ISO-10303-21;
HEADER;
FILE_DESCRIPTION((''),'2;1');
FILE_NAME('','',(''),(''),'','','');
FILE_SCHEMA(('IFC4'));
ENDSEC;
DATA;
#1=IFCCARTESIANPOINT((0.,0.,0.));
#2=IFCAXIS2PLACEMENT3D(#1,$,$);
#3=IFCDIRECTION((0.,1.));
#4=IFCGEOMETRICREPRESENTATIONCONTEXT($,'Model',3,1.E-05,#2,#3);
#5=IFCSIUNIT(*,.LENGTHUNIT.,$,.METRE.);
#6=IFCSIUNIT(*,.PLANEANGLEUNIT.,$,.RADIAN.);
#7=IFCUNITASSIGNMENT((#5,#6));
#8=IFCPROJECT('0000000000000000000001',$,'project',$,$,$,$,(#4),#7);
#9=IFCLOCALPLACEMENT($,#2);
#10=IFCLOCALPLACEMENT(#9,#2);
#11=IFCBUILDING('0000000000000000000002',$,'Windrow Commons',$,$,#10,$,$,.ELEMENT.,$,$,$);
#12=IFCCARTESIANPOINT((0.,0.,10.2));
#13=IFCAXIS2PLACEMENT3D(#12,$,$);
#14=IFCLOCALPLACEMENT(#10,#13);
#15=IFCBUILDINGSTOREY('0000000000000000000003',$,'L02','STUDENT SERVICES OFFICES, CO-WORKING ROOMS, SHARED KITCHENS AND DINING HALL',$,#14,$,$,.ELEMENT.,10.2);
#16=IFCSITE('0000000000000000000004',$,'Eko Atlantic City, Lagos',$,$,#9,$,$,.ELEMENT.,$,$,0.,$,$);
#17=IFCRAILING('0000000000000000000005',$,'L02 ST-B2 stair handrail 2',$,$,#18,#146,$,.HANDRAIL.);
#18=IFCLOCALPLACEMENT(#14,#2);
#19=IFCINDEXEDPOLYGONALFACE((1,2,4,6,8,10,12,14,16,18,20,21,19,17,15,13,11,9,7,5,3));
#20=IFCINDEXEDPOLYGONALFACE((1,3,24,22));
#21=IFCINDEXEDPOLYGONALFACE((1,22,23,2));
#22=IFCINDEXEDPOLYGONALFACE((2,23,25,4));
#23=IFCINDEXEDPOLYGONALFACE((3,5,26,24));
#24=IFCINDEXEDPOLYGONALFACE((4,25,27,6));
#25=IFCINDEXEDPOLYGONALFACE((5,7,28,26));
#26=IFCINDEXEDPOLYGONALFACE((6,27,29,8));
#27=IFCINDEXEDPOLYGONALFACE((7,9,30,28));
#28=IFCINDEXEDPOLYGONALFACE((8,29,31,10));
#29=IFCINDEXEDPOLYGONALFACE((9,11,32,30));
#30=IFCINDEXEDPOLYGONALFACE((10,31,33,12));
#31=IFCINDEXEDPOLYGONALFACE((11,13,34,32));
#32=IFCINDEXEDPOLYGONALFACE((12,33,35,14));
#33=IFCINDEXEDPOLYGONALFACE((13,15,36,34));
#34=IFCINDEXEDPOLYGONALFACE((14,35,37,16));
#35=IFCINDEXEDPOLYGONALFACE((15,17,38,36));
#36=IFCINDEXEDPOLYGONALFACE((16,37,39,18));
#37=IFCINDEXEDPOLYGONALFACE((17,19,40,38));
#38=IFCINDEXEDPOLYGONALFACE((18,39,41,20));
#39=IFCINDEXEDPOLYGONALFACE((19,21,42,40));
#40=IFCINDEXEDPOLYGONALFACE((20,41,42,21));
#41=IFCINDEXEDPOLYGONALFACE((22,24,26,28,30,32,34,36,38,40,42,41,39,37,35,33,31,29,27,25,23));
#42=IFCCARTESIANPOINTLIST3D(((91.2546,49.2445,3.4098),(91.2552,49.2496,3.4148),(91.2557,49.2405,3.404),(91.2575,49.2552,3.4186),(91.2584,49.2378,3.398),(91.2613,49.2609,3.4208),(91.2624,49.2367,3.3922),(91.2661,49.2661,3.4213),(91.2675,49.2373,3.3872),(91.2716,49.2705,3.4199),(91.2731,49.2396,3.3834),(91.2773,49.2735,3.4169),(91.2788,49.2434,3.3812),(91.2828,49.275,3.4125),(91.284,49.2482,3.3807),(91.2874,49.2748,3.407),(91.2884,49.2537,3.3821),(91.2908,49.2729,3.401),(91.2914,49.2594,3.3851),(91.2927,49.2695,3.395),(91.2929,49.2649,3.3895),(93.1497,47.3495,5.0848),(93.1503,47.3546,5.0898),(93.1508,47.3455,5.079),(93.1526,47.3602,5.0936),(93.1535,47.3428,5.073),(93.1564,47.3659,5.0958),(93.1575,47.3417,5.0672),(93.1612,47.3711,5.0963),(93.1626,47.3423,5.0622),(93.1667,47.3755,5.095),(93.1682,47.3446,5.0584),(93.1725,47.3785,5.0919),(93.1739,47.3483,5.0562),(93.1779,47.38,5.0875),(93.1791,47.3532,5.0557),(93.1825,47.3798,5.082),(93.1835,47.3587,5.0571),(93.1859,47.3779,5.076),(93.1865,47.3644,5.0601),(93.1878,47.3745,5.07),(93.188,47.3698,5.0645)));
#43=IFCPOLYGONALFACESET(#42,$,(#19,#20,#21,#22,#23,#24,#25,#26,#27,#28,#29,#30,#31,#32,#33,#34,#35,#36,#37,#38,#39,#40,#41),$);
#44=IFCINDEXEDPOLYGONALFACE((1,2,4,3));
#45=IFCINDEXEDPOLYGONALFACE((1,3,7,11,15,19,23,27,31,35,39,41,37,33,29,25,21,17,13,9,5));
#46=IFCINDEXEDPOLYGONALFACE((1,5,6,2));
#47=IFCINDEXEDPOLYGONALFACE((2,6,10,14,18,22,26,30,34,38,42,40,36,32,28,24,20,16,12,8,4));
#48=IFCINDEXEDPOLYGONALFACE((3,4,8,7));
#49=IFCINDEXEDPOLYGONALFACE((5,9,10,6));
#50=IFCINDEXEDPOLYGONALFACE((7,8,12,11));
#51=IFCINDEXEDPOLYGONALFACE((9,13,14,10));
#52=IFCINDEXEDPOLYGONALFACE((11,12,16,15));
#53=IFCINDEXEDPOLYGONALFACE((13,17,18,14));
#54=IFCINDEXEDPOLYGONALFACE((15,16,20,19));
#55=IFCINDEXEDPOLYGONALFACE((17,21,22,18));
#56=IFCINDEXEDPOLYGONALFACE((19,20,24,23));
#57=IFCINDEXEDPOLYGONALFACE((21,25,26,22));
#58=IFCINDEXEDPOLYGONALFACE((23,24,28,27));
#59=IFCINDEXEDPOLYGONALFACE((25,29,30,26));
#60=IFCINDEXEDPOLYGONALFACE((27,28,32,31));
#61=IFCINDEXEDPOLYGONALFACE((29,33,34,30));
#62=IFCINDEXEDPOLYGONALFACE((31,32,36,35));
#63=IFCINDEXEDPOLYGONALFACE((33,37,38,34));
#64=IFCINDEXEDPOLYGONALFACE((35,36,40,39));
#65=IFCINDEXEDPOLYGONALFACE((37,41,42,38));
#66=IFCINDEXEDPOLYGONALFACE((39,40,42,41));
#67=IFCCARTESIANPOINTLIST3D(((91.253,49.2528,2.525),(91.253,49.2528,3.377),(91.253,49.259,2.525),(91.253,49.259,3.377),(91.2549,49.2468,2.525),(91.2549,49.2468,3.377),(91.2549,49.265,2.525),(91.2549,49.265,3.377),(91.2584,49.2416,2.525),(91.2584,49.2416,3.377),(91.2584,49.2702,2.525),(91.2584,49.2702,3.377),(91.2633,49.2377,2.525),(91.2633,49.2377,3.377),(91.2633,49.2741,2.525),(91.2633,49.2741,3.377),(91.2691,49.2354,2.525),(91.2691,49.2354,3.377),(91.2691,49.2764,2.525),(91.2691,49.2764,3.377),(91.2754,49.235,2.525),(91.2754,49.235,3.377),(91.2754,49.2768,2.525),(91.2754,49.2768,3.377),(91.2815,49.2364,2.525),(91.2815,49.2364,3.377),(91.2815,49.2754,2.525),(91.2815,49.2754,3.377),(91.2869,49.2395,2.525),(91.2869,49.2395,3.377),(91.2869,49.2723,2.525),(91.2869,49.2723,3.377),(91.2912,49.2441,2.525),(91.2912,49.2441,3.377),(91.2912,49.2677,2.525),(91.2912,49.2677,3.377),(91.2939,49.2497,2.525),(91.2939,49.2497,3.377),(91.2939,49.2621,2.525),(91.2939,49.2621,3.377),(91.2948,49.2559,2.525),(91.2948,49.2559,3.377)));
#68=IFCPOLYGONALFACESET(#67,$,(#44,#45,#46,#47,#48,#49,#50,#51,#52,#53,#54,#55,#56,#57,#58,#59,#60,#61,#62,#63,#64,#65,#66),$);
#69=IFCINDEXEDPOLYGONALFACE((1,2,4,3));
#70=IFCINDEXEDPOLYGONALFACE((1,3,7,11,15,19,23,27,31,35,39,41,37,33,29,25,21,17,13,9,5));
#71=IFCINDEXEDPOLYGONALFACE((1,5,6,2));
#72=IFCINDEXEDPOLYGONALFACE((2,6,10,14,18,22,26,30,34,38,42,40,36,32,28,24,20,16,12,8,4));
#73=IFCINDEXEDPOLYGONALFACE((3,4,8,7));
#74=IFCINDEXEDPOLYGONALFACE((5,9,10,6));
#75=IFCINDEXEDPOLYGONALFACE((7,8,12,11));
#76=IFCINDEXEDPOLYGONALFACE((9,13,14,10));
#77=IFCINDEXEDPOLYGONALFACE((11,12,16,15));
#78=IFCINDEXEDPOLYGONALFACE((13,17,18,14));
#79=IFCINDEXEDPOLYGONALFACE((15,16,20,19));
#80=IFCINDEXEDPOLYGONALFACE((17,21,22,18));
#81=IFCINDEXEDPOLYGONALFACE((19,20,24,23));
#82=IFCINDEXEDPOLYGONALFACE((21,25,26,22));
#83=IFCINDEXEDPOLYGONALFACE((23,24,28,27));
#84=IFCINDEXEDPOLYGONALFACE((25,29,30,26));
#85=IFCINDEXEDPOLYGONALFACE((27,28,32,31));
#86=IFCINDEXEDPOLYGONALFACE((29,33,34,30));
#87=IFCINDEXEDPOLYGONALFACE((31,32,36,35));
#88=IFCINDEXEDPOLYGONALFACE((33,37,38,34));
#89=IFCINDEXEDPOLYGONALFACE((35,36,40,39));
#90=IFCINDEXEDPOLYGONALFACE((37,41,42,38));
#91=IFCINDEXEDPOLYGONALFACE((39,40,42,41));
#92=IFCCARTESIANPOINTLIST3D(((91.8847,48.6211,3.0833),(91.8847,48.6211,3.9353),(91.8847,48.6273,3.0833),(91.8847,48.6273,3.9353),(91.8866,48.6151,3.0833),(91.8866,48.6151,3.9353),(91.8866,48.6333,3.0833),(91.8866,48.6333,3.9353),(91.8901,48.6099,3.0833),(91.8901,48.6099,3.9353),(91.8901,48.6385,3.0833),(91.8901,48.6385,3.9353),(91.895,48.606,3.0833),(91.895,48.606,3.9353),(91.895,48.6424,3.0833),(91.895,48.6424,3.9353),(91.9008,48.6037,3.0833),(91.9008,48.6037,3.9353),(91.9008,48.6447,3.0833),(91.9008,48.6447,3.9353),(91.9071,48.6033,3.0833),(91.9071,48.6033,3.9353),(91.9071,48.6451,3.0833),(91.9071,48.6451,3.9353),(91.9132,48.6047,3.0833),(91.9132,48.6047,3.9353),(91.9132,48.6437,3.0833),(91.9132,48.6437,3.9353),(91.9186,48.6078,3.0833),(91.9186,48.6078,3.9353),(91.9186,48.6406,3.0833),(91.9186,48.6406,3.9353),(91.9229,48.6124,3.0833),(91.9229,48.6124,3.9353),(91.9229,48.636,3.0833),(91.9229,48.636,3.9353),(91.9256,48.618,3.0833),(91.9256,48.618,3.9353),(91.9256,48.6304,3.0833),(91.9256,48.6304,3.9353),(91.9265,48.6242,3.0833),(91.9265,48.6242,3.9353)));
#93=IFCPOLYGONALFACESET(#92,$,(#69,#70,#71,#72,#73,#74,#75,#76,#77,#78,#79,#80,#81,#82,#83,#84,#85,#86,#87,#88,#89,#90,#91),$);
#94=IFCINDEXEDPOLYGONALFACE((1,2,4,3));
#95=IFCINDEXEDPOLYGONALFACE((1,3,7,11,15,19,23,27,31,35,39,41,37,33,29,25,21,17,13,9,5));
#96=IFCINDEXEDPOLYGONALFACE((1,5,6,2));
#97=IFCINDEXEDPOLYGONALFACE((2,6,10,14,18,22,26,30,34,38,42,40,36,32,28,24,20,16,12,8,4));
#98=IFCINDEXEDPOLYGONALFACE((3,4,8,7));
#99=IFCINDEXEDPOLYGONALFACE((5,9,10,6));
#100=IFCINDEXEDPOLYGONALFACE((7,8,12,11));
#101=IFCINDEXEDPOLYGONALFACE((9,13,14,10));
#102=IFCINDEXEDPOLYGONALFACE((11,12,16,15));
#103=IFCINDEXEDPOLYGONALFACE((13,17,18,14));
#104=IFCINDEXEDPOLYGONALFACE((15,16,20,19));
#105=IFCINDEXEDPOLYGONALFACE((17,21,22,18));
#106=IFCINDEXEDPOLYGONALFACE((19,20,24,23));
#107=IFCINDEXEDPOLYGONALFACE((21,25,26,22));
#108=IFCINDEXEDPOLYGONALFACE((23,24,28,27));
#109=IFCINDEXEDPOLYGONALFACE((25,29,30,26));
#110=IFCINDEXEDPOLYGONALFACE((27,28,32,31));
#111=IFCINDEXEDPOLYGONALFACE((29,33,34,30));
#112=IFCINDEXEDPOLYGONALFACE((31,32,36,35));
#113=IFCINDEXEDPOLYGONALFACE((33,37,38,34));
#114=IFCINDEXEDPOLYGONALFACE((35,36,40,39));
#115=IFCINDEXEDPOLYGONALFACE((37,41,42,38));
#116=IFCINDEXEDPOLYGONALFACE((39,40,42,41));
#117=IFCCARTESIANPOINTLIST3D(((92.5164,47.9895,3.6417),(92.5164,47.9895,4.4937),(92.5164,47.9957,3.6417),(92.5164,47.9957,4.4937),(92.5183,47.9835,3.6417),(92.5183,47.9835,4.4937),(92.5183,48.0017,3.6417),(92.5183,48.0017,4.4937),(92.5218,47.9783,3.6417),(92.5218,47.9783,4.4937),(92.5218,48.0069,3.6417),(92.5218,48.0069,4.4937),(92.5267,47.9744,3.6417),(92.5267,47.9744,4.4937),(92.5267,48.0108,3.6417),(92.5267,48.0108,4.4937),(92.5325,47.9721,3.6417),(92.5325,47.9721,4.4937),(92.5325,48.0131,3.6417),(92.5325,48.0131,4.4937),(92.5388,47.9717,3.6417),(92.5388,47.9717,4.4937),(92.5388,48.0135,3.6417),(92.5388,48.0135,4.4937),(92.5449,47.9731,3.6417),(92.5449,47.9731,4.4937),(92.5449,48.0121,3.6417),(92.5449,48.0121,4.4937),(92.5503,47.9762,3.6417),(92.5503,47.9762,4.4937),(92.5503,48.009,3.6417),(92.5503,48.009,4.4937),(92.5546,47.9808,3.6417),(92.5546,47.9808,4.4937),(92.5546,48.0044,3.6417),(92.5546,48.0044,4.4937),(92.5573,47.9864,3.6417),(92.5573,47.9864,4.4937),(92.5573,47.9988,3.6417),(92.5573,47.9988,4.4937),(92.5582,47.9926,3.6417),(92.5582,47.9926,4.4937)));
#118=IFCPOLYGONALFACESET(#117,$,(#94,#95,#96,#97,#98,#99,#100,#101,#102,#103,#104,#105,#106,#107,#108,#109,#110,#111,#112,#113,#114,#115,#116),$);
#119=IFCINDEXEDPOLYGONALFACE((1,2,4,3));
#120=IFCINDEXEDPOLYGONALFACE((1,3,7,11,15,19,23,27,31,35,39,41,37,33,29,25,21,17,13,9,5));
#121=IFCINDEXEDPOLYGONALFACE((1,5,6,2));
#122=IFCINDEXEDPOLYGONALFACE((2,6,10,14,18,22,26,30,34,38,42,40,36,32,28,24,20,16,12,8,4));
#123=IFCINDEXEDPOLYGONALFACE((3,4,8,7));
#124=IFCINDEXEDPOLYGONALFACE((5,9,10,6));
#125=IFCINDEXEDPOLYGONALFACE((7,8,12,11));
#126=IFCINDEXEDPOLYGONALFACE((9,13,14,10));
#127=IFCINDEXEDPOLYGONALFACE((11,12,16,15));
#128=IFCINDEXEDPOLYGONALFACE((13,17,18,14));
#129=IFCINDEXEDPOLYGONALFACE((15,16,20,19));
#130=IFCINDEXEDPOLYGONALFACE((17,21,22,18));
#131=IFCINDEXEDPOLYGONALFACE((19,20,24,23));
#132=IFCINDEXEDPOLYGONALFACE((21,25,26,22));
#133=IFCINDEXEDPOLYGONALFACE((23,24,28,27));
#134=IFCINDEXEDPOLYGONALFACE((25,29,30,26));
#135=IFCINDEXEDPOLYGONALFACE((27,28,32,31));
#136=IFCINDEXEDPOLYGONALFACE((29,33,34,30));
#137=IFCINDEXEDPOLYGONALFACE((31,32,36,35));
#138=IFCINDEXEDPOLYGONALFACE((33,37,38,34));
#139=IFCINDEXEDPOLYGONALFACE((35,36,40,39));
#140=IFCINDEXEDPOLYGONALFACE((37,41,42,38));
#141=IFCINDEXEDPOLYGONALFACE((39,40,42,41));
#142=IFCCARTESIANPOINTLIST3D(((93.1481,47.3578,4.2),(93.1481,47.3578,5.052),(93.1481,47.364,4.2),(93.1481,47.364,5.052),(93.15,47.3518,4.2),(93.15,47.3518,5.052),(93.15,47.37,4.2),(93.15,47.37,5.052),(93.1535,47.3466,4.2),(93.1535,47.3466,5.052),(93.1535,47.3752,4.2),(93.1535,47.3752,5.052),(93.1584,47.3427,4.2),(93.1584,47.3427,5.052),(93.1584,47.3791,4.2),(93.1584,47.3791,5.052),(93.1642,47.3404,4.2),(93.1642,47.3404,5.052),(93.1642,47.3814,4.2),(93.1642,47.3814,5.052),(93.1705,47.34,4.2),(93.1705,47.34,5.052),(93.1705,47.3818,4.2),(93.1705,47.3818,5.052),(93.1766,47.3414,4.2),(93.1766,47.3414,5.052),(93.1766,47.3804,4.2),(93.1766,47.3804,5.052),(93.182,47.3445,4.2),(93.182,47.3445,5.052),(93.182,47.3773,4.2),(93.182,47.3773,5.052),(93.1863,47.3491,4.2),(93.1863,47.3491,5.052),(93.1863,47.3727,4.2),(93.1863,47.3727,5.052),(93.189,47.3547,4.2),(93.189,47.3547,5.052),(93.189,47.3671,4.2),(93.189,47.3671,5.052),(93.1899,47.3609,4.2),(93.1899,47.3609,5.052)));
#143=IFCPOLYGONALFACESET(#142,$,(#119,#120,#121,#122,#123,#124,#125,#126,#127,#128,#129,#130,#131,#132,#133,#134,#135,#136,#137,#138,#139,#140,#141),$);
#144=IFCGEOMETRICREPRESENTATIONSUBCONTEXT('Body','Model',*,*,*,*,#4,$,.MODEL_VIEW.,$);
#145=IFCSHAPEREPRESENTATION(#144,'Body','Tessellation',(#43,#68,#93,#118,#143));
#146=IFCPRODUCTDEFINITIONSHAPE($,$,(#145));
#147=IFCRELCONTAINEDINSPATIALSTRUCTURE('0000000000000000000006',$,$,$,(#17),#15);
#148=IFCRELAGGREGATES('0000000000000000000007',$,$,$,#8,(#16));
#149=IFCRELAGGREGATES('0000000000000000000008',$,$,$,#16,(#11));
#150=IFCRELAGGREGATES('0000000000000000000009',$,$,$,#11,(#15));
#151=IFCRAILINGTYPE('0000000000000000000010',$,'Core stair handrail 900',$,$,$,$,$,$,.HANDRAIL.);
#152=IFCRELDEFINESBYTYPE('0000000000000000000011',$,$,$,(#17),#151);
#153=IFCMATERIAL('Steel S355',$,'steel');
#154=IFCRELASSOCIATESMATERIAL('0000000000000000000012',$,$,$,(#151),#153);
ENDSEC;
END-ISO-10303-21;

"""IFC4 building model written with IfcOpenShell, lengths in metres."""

from ifc_helpers import new_model, si_unit, direction, frame, origin, origin_2d, place, context, subcontext, project, spatial, circle, extrude, material, type_object, element, save


model = new_model("IFC4")

# Units and contexts
model_context = context("Model", 3, precision=1e-05, world=origin(), true_north=direction((0.0, 1.0)))
body_context = subcontext(model_context, "Body", "Model", "MODEL_VIEW")
ifc_project = project(units=[si_unit("LENGTHUNIT", "METRE"), si_unit("PLANEANGLEUNIT", "RADIAN")], contexts=[model_context])

# Site, building, storey
site_placement = place(None, origin())
site = spatial("IfcSite", under=ifc_project, at=site_placement, Name="Eko Atlantic City, Lagos", CompositionType="ELEMENT", RefElevation=0.0)
building_placement = place(site_placement, origin())
building = spatial("IfcBuilding", under=site, at=building_placement, Name="Windrow Commons", CompositionType="ELEMENT")
storey_placement = place(building_placement, frame((0.0, 0.0, 10.2)))
storey = spatial("IfcBuildingStorey", under=building, at=storey_placement, Name="L02", Description="STUDENT SERVICES OFFICES, CO-WORKING ROOMS, SHARED KITCHENS AND DINING HALL", CompositionType="ELEMENT", Elevation=10.2)

# Railing
ifc_material_1 = material(Name="Steel S355", Category="steel")
railing_type_1 = type_object("IfcRailingType", Name="Core stair handrail 900", PredefinedType="HANDRAIL", material=ifc_material_1)
railing_1_placement = place(storey_placement, frame((91.2738, 49.2559, 2.525)))
element("IfcRailing", 1, at=railing_1_placement, inside=storey, type_object=railing_type_1, Name="L02 ST-B2 stair handrail 2", PredefinedType="HANDRAIL", context=body_context, shape_type="SweptSolid", body=[
    extrude(circle(Radius=0.024, at=origin_2d()), frame((0.0, 0.0, 0.876), z_axis=(0.599642, -0.59961, 0.529998), x_axis=(0.707088, 0.707125, 0.0)), (0.0, 0.0, 1.0), 3.1604),
    extrude(circle(Radius=0.021, at=origin_2d()), origin(), (0.0, 0.0, 1.0), 0.852),
    extrude(circle(Radius=0.021, at=origin_2d()), frame((0.6317, -0.6317, 0.5583)), (0.0, 0.0, 1.0), 0.852),
    extrude(circle(Radius=0.021, at=origin_2d()), frame((1.2634, -1.2633, 1.1167)), (0.0, 0.0, 1.0), 0.852),
    extrude(circle(Radius=0.021, at=origin_2d()), frame((1.8951, -1.895, 1.675)), (0.0, 0.0, 1.0), 0.852),
])

save(model, "model.ifc")
